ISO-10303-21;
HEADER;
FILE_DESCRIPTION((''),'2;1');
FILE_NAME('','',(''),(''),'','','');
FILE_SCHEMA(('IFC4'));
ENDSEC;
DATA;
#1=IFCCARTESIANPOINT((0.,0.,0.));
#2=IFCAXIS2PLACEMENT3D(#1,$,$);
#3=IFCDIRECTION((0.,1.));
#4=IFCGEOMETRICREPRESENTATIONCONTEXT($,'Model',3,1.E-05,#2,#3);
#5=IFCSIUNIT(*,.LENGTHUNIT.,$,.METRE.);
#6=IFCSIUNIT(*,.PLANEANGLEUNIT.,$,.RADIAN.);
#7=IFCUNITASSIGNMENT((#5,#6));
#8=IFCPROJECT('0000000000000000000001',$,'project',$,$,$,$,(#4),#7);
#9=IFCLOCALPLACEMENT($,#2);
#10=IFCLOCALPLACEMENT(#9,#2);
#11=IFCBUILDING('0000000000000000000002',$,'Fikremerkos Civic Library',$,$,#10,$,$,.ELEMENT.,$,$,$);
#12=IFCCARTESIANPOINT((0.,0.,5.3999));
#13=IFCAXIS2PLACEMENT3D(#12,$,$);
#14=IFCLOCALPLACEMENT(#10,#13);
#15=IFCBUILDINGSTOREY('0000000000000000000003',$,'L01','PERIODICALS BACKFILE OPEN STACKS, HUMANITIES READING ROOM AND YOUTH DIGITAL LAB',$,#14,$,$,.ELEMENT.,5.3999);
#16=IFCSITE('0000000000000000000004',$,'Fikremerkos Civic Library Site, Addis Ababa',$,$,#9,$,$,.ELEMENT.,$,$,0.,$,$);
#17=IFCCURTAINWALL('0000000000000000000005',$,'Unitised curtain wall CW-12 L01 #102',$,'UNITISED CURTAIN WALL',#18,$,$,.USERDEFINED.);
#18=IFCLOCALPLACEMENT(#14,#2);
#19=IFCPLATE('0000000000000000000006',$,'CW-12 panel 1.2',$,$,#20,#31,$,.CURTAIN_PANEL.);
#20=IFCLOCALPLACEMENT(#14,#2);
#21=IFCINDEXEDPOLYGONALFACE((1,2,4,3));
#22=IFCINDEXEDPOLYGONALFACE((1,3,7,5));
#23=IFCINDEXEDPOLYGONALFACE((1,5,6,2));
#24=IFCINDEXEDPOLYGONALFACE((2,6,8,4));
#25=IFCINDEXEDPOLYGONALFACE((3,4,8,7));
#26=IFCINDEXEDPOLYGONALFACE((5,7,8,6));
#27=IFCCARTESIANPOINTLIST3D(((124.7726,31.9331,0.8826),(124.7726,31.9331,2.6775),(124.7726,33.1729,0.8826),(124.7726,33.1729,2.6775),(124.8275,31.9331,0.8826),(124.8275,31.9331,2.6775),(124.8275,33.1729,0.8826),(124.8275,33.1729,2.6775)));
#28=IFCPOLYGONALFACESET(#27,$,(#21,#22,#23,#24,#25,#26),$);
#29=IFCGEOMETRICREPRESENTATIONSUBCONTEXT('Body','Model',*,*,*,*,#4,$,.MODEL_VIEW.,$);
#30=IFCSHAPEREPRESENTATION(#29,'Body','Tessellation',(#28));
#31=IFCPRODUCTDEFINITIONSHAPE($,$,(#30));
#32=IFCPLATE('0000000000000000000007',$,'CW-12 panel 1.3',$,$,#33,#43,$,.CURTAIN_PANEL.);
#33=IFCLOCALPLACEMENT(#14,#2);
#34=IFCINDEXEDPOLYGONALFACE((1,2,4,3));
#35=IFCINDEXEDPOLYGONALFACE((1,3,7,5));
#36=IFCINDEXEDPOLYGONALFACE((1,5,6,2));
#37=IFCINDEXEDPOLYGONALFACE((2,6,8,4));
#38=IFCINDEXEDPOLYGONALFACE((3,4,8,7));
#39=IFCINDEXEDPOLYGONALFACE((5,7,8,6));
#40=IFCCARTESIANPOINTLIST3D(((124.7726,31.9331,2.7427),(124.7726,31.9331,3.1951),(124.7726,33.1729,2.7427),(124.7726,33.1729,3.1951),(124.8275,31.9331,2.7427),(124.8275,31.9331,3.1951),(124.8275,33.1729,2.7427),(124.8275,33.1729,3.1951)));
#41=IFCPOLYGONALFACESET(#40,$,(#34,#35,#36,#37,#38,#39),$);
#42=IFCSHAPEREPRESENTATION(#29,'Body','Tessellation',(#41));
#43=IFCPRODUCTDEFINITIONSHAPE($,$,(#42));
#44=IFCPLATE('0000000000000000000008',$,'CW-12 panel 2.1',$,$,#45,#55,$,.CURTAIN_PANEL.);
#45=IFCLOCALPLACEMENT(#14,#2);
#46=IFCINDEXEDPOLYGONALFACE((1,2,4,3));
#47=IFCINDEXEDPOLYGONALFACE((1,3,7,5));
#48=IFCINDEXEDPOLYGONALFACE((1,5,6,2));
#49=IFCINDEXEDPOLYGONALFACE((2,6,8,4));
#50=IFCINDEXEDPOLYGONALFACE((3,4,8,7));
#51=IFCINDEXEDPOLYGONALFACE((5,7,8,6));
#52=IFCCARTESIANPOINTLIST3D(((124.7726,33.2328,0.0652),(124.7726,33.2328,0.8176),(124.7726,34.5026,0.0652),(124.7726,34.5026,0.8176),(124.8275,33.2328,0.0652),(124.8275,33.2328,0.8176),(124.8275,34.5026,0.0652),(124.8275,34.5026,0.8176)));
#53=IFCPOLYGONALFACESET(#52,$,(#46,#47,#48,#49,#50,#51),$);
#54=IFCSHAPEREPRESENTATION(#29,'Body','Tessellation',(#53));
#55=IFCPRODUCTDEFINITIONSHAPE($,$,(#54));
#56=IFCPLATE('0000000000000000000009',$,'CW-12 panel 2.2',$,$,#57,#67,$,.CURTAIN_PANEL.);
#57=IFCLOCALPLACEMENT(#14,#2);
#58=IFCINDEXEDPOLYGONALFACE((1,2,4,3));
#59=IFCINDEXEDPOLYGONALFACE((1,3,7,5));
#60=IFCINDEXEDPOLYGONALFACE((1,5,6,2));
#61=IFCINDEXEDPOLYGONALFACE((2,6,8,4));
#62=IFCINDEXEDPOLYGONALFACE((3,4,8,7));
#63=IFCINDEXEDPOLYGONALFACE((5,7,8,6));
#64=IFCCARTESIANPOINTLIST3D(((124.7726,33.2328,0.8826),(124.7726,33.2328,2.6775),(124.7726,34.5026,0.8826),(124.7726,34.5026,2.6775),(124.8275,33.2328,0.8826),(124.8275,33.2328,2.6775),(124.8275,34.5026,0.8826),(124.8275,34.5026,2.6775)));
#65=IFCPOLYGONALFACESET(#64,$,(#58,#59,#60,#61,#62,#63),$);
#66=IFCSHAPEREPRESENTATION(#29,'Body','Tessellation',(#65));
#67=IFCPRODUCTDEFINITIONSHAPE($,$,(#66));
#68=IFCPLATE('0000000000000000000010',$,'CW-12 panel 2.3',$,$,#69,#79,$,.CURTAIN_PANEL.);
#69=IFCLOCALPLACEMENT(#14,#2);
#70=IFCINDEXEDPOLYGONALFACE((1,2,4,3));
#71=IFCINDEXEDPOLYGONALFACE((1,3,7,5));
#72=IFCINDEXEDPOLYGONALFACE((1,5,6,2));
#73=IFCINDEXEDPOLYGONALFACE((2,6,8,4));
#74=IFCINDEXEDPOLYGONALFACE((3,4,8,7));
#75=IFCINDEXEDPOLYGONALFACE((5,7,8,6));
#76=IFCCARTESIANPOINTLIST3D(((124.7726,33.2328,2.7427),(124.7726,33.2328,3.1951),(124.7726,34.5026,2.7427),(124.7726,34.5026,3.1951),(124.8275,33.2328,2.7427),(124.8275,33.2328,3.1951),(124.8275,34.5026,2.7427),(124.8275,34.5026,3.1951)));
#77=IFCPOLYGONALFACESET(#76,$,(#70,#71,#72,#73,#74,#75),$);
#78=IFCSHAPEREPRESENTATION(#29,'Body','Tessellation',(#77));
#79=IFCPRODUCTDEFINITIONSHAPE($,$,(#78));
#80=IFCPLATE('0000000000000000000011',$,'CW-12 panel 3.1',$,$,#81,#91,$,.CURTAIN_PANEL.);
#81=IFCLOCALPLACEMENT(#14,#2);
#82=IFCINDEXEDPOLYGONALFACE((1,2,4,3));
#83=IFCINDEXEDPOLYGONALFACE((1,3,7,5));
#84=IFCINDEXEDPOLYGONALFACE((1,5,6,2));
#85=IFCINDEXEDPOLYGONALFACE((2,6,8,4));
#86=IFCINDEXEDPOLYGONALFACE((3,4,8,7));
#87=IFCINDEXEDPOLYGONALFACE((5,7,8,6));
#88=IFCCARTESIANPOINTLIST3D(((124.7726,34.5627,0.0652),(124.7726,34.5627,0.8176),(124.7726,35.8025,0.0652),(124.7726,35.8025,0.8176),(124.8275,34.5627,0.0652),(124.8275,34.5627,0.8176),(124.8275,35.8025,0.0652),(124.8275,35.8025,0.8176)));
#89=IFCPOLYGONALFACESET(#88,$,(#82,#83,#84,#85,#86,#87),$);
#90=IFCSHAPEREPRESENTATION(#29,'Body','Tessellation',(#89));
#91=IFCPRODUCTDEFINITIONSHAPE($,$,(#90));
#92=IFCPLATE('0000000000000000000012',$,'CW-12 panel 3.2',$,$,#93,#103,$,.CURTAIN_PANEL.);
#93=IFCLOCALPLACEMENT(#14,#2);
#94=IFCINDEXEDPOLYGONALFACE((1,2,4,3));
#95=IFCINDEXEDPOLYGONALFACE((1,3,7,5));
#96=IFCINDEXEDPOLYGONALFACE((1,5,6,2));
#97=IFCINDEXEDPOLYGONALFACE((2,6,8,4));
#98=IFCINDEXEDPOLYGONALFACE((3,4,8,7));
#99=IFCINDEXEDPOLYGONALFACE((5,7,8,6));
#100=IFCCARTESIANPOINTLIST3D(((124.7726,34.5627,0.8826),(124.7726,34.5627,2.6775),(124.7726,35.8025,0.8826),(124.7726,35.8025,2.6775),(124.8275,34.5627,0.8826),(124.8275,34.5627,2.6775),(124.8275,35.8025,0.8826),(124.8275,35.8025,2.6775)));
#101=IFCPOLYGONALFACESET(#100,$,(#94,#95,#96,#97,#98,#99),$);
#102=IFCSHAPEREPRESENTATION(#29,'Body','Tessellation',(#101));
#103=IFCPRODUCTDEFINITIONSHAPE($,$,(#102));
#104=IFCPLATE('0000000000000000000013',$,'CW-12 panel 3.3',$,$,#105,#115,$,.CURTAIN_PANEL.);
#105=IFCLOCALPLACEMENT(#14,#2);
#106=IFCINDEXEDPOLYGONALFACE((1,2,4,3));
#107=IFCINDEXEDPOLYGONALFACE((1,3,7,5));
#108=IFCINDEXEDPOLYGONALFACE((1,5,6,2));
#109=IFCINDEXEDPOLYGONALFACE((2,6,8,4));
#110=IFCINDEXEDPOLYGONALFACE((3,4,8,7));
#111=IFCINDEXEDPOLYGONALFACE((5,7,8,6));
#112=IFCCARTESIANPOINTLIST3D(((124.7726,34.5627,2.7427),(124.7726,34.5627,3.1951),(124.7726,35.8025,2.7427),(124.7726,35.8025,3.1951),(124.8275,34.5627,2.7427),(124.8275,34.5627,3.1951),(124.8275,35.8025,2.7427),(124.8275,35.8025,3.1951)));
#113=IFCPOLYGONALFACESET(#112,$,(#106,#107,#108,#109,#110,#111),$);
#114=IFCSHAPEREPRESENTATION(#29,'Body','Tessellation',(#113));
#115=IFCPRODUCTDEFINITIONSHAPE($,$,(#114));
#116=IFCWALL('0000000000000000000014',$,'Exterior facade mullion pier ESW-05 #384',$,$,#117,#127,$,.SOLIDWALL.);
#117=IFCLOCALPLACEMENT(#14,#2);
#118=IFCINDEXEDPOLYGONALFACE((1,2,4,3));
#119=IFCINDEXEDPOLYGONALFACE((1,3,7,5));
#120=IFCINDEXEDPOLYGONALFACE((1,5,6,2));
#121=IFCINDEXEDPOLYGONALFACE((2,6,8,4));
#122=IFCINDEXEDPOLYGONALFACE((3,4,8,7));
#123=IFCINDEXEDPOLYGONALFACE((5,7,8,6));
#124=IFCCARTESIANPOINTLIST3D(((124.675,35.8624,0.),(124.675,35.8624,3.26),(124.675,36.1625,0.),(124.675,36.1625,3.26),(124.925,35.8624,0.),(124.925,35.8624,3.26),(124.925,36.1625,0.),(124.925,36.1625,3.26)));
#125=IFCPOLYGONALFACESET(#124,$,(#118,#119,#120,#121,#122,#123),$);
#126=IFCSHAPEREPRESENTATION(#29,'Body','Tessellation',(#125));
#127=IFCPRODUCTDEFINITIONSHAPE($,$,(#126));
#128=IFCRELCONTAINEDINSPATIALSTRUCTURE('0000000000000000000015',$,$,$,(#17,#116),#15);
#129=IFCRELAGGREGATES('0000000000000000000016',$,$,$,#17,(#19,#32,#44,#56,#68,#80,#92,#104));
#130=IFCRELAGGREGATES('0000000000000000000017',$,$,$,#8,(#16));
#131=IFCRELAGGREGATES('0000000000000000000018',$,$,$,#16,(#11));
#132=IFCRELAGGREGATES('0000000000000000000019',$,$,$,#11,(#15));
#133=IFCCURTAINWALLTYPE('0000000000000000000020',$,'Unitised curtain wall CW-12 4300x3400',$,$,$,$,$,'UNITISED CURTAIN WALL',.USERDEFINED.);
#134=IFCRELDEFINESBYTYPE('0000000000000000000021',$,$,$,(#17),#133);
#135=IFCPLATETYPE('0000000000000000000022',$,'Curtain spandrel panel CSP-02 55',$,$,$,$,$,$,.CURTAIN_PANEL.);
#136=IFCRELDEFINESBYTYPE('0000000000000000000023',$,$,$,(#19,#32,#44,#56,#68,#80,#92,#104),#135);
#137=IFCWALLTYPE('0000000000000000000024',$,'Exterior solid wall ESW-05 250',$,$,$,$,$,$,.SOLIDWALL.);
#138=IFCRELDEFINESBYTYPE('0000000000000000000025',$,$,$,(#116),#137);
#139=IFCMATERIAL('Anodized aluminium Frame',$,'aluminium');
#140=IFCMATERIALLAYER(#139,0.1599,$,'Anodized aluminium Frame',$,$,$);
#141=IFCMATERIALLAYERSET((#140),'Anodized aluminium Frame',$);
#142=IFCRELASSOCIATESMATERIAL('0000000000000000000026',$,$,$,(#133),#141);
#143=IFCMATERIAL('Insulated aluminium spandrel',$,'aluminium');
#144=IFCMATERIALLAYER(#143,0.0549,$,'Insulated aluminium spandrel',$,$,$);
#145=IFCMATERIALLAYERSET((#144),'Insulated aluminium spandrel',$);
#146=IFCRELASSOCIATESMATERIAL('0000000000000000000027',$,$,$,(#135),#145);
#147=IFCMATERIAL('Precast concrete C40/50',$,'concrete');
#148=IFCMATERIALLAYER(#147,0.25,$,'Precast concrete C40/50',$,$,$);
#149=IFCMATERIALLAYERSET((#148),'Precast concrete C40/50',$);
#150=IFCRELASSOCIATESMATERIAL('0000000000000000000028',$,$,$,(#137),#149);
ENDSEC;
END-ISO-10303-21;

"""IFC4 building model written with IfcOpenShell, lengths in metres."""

from ifc_helpers import new_model, si_unit, direction, frame, frame_2d, origin, origin_2d, place, context, subcontext, project, spatial, rectangle, extrude, material, layer, layer_set, type_object, element, aggregate, save


model = new_model("IFC4")

# Units and contexts
model_context = context("Model", 3, precision=1e-05, world=origin(), true_north=direction((0.0, 1.0)))
body_context = subcontext(model_context, "Body", "Model", "MODEL_VIEW")
ifc_project = project(units=[si_unit("LENGTHUNIT", "METRE"), si_unit("PLANEANGLEUNIT", "RADIAN")], contexts=[model_context])

# Site, building, storey
site_placement = place(None, origin())
site = spatial("IfcSite", under=ifc_project, at=site_placement, Name="Fikremerkos Civic Library Site, Addis Ababa", CompositionType="ELEMENT", RefElevation=0.0)
building_placement = place(site_placement, origin())
building = spatial("IfcBuilding", under=site, at=building_placement, Name="Fikremerkos Civic Library", CompositionType="ELEMENT")
storey_placement = place(building_placement, frame((0.0, 0.0, 5.3999)))
storey = spatial("IfcBuildingStorey", under=building, at=storey_placement, Name="L01", Description="PERIODICALS BACKFILE OPEN STACKS, HUMANITIES READING ROOM AND YOUTH DIGITAL LAB", CompositionType="ELEMENT", Elevation=5.3999)

# Curtain wall, plates
ifc_material_1 = material(Name="Anodized aluminium Frame", Category="aluminium")
ifc_layer_1 = layer(ifc_material_1, 0.1599, Name="Anodized aluminium Frame")
ifc_layer_set_1 = layer_set([ifc_layer_1], Name="Anodized aluminium Frame")
curtain_wall_type = type_object("IfcCurtainWallType", Name="Unitised curtain wall CW-12 4300x3400", ElementType="UNITISED CURTAIN WALL", PredefinedType="USERDEFINED", material=ifc_layer_set_1)
curtain_wall_placement = place(storey_placement, origin())
curtain_wall = element("IfcCurtainWall", 1, at=curtain_wall_placement, inside=storey, type_object=curtain_wall_type, Name="Unitised curtain wall CW-12 L01 #102", ObjectType="UNITISED CURTAIN WALL", PredefinedType="USERDEFINED")
ifc_material_2 = material(Name="Insulated aluminium spandrel", Category="aluminium")
ifc_layer_2 = layer(ifc_material_2, 0.0549, Name="Insulated aluminium spandrel")
ifc_layer_set_2 = layer_set([ifc_layer_2], Name="Insulated aluminium spandrel")
plate_type = type_object("IfcPlateType", Name="Curtain spandrel panel CSP-02 55", PredefinedType="CURTAIN_PANEL", material=ifc_layer_set_2)
plate_1_placement = place(storey_placement, frame((124.8, 32.553, 0.8826), z_axis=(0.0, 0.0, 1.0), x_axis=(0.0, 1.0, 0.0)))
plate_1 = element("IfcPlate", 2, at=plate_1_placement, type_object=plate_type, Name="CW-12 panel 1.2", PredefinedType="CURTAIN_PANEL", context=body_context, shape_type="SweptSolid", body=[
    extrude(rectangle(XDim=1.2397, YDim=0.0549, at=origin_2d()), origin(), (0.0, 0.0, 1.0), 1.7949),
])
plate_2_placement = place(storey_placement, frame((124.8, 32.553, 2.7427), z_axis=(0.0, 0.0, 1.0), x_axis=(0.0, 1.0, 0.0)))
plate_2 = element("IfcPlate", 3, at=plate_2_placement, type_object=plate_type, Name="CW-12 panel 1.3", PredefinedType="CURTAIN_PANEL", context=body_context, shape_type="SweptSolid", body=[
    extrude(rectangle(XDim=1.2397, YDim=0.0549, at=origin_2d()), origin(), (0.0, 0.0, 1.0), 0.4524),
])
plate_3_placement = place(storey_placement, frame((124.8, 33.8677, 0.0652), z_axis=(0.0, 0.0, 1.0), x_axis=(0.0, 1.0, 0.0)))
plate_3 = element("IfcPlate", 4, at=plate_3_placement, type_object=plate_type, Name="CW-12 panel 2.1", PredefinedType="CURTAIN_PANEL", context=body_context, shape_type="SweptSolid", body=[
    extrude(rectangle(XDim=1.2698, YDim=0.0549, at=origin_2d()), origin(), (0.0, 0.0, 1.0), 0.7524),
])
plate_4_placement = place(storey_placement, frame((124.8, 33.8677, 0.8826), z_axis=(0.0, 0.0, 1.0), x_axis=(0.0, 1.0, 0.0)))
plate_4 = element("IfcPlate", 5, at=plate_4_placement, type_object=plate_type, Name="CW-12 panel 2.2", PredefinedType="CURTAIN_PANEL", context=body_context, shape_type="SweptSolid", body=[
    extrude(rectangle(XDim=1.2698, YDim=0.0549, at=origin_2d()), origin(), (0.0, 0.0, 1.0), 1.7949),
])
plate_5_placement = place(storey_placement, frame((124.8, 33.8677, 2.7427), z_axis=(0.0, 0.0, 1.0), x_axis=(0.0, 1.0, 0.0)))
plate_5 = element("IfcPlate", 6, at=plate_5_placement, type_object=plate_type, Name="CW-12 panel 2.3", PredefinedType="CURTAIN_PANEL", context=body_context, shape_type="SweptSolid", body=[
    extrude(rectangle(XDim=1.2698, YDim=0.0549, at=origin_2d()), origin(), (0.0, 0.0, 1.0), 0.4524),
])
plate_6_placement = place(storey_placement, frame((124.8, 35.1826, 0.0652), z_axis=(0.0, 0.0, 1.0), x_axis=(0.0, 1.0, 0.0)))
plate_6 = element("IfcPlate", 7, at=plate_6_placement, type_object=plate_type, Name="CW-12 panel 3.1", PredefinedType="CURTAIN_PANEL", context=body_context, shape_type="SweptSolid", body=[
    extrude(rectangle(XDim=1.2397, YDim=0.0549, at=origin_2d()), origin(), (0.0, 0.0, 1.0), 0.7524),
])
plate_7_placement = place(storey_placement, frame((124.8, 35.1826, 0.8826), z_axis=(0.0, 0.0, 1.0), x_axis=(0.0, 1.0, 0.0)))
plate_7 = element("IfcPlate", 8, at=plate_7_placement, type_object=plate_type, Name="CW-12 panel 3.2", PredefinedType="CURTAIN_PANEL", context=body_context, shape_type="SweptSolid", body=[
    extrude(rectangle(XDim=1.2397, YDim=0.0549, at=origin_2d()), origin(), (0.0, 0.0, 1.0), 1.7949),
])
plate_8_placement = place(storey_placement, frame((124.8, 35.1826, 2.7427), z_axis=(0.0, 0.0, 1.0), x_axis=(0.0, 1.0, 0.0)))
plate_8 = element("IfcPlate", 9, at=plate_8_placement, type_object=plate_type, Name="CW-12 panel 3.3", PredefinedType="CURTAIN_PANEL", context=body_context, shape_type="SweptSolid", body=[
    extrude(rectangle(XDim=1.2397, YDim=0.0549, at=origin_2d()), origin(), (0.0, 0.0, 1.0), 0.4524),
])
aggregate(curtain_wall, [plate_1, plate_2, plate_3, plate_4, plate_5, plate_6, plate_7, plate_8])

# Wall
ifc_material_3 = material(Name="Precast concrete C40/50", Category="concrete")
ifc_layer_3 = layer(ifc_material_3, 0.25, Name="Precast concrete C40/50")
ifc_layer_set_3 = layer_set([ifc_layer_3], Name="Precast concrete C40/50")
wall_type = type_object("IfcWallType", Name="Exterior solid wall ESW-05 250", PredefinedType="SOLIDWALL", material=ifc_layer_set_3)
wall_placement = place(storey_placement, frame((124.8, 35.8625, 0.0), z_axis=(0.0, 0.0, 1.0), x_axis=(0.0, 1.0, 0.0)))
element("IfcWall", 10, at=wall_placement, inside=storey, type_object=wall_type, Name="Exterior facade mullion pier ESW-05 #384", PredefinedType="SOLIDWALL", context=body_context, shape_type="SweptSolid", body=[
    extrude(rectangle(XDim=0.3, YDim=0.25, at=frame_2d((0.1499, 0.0))), origin(), (0.0, 0.0, 1.0), 3.26),
])

save(model, "model.ifc")
